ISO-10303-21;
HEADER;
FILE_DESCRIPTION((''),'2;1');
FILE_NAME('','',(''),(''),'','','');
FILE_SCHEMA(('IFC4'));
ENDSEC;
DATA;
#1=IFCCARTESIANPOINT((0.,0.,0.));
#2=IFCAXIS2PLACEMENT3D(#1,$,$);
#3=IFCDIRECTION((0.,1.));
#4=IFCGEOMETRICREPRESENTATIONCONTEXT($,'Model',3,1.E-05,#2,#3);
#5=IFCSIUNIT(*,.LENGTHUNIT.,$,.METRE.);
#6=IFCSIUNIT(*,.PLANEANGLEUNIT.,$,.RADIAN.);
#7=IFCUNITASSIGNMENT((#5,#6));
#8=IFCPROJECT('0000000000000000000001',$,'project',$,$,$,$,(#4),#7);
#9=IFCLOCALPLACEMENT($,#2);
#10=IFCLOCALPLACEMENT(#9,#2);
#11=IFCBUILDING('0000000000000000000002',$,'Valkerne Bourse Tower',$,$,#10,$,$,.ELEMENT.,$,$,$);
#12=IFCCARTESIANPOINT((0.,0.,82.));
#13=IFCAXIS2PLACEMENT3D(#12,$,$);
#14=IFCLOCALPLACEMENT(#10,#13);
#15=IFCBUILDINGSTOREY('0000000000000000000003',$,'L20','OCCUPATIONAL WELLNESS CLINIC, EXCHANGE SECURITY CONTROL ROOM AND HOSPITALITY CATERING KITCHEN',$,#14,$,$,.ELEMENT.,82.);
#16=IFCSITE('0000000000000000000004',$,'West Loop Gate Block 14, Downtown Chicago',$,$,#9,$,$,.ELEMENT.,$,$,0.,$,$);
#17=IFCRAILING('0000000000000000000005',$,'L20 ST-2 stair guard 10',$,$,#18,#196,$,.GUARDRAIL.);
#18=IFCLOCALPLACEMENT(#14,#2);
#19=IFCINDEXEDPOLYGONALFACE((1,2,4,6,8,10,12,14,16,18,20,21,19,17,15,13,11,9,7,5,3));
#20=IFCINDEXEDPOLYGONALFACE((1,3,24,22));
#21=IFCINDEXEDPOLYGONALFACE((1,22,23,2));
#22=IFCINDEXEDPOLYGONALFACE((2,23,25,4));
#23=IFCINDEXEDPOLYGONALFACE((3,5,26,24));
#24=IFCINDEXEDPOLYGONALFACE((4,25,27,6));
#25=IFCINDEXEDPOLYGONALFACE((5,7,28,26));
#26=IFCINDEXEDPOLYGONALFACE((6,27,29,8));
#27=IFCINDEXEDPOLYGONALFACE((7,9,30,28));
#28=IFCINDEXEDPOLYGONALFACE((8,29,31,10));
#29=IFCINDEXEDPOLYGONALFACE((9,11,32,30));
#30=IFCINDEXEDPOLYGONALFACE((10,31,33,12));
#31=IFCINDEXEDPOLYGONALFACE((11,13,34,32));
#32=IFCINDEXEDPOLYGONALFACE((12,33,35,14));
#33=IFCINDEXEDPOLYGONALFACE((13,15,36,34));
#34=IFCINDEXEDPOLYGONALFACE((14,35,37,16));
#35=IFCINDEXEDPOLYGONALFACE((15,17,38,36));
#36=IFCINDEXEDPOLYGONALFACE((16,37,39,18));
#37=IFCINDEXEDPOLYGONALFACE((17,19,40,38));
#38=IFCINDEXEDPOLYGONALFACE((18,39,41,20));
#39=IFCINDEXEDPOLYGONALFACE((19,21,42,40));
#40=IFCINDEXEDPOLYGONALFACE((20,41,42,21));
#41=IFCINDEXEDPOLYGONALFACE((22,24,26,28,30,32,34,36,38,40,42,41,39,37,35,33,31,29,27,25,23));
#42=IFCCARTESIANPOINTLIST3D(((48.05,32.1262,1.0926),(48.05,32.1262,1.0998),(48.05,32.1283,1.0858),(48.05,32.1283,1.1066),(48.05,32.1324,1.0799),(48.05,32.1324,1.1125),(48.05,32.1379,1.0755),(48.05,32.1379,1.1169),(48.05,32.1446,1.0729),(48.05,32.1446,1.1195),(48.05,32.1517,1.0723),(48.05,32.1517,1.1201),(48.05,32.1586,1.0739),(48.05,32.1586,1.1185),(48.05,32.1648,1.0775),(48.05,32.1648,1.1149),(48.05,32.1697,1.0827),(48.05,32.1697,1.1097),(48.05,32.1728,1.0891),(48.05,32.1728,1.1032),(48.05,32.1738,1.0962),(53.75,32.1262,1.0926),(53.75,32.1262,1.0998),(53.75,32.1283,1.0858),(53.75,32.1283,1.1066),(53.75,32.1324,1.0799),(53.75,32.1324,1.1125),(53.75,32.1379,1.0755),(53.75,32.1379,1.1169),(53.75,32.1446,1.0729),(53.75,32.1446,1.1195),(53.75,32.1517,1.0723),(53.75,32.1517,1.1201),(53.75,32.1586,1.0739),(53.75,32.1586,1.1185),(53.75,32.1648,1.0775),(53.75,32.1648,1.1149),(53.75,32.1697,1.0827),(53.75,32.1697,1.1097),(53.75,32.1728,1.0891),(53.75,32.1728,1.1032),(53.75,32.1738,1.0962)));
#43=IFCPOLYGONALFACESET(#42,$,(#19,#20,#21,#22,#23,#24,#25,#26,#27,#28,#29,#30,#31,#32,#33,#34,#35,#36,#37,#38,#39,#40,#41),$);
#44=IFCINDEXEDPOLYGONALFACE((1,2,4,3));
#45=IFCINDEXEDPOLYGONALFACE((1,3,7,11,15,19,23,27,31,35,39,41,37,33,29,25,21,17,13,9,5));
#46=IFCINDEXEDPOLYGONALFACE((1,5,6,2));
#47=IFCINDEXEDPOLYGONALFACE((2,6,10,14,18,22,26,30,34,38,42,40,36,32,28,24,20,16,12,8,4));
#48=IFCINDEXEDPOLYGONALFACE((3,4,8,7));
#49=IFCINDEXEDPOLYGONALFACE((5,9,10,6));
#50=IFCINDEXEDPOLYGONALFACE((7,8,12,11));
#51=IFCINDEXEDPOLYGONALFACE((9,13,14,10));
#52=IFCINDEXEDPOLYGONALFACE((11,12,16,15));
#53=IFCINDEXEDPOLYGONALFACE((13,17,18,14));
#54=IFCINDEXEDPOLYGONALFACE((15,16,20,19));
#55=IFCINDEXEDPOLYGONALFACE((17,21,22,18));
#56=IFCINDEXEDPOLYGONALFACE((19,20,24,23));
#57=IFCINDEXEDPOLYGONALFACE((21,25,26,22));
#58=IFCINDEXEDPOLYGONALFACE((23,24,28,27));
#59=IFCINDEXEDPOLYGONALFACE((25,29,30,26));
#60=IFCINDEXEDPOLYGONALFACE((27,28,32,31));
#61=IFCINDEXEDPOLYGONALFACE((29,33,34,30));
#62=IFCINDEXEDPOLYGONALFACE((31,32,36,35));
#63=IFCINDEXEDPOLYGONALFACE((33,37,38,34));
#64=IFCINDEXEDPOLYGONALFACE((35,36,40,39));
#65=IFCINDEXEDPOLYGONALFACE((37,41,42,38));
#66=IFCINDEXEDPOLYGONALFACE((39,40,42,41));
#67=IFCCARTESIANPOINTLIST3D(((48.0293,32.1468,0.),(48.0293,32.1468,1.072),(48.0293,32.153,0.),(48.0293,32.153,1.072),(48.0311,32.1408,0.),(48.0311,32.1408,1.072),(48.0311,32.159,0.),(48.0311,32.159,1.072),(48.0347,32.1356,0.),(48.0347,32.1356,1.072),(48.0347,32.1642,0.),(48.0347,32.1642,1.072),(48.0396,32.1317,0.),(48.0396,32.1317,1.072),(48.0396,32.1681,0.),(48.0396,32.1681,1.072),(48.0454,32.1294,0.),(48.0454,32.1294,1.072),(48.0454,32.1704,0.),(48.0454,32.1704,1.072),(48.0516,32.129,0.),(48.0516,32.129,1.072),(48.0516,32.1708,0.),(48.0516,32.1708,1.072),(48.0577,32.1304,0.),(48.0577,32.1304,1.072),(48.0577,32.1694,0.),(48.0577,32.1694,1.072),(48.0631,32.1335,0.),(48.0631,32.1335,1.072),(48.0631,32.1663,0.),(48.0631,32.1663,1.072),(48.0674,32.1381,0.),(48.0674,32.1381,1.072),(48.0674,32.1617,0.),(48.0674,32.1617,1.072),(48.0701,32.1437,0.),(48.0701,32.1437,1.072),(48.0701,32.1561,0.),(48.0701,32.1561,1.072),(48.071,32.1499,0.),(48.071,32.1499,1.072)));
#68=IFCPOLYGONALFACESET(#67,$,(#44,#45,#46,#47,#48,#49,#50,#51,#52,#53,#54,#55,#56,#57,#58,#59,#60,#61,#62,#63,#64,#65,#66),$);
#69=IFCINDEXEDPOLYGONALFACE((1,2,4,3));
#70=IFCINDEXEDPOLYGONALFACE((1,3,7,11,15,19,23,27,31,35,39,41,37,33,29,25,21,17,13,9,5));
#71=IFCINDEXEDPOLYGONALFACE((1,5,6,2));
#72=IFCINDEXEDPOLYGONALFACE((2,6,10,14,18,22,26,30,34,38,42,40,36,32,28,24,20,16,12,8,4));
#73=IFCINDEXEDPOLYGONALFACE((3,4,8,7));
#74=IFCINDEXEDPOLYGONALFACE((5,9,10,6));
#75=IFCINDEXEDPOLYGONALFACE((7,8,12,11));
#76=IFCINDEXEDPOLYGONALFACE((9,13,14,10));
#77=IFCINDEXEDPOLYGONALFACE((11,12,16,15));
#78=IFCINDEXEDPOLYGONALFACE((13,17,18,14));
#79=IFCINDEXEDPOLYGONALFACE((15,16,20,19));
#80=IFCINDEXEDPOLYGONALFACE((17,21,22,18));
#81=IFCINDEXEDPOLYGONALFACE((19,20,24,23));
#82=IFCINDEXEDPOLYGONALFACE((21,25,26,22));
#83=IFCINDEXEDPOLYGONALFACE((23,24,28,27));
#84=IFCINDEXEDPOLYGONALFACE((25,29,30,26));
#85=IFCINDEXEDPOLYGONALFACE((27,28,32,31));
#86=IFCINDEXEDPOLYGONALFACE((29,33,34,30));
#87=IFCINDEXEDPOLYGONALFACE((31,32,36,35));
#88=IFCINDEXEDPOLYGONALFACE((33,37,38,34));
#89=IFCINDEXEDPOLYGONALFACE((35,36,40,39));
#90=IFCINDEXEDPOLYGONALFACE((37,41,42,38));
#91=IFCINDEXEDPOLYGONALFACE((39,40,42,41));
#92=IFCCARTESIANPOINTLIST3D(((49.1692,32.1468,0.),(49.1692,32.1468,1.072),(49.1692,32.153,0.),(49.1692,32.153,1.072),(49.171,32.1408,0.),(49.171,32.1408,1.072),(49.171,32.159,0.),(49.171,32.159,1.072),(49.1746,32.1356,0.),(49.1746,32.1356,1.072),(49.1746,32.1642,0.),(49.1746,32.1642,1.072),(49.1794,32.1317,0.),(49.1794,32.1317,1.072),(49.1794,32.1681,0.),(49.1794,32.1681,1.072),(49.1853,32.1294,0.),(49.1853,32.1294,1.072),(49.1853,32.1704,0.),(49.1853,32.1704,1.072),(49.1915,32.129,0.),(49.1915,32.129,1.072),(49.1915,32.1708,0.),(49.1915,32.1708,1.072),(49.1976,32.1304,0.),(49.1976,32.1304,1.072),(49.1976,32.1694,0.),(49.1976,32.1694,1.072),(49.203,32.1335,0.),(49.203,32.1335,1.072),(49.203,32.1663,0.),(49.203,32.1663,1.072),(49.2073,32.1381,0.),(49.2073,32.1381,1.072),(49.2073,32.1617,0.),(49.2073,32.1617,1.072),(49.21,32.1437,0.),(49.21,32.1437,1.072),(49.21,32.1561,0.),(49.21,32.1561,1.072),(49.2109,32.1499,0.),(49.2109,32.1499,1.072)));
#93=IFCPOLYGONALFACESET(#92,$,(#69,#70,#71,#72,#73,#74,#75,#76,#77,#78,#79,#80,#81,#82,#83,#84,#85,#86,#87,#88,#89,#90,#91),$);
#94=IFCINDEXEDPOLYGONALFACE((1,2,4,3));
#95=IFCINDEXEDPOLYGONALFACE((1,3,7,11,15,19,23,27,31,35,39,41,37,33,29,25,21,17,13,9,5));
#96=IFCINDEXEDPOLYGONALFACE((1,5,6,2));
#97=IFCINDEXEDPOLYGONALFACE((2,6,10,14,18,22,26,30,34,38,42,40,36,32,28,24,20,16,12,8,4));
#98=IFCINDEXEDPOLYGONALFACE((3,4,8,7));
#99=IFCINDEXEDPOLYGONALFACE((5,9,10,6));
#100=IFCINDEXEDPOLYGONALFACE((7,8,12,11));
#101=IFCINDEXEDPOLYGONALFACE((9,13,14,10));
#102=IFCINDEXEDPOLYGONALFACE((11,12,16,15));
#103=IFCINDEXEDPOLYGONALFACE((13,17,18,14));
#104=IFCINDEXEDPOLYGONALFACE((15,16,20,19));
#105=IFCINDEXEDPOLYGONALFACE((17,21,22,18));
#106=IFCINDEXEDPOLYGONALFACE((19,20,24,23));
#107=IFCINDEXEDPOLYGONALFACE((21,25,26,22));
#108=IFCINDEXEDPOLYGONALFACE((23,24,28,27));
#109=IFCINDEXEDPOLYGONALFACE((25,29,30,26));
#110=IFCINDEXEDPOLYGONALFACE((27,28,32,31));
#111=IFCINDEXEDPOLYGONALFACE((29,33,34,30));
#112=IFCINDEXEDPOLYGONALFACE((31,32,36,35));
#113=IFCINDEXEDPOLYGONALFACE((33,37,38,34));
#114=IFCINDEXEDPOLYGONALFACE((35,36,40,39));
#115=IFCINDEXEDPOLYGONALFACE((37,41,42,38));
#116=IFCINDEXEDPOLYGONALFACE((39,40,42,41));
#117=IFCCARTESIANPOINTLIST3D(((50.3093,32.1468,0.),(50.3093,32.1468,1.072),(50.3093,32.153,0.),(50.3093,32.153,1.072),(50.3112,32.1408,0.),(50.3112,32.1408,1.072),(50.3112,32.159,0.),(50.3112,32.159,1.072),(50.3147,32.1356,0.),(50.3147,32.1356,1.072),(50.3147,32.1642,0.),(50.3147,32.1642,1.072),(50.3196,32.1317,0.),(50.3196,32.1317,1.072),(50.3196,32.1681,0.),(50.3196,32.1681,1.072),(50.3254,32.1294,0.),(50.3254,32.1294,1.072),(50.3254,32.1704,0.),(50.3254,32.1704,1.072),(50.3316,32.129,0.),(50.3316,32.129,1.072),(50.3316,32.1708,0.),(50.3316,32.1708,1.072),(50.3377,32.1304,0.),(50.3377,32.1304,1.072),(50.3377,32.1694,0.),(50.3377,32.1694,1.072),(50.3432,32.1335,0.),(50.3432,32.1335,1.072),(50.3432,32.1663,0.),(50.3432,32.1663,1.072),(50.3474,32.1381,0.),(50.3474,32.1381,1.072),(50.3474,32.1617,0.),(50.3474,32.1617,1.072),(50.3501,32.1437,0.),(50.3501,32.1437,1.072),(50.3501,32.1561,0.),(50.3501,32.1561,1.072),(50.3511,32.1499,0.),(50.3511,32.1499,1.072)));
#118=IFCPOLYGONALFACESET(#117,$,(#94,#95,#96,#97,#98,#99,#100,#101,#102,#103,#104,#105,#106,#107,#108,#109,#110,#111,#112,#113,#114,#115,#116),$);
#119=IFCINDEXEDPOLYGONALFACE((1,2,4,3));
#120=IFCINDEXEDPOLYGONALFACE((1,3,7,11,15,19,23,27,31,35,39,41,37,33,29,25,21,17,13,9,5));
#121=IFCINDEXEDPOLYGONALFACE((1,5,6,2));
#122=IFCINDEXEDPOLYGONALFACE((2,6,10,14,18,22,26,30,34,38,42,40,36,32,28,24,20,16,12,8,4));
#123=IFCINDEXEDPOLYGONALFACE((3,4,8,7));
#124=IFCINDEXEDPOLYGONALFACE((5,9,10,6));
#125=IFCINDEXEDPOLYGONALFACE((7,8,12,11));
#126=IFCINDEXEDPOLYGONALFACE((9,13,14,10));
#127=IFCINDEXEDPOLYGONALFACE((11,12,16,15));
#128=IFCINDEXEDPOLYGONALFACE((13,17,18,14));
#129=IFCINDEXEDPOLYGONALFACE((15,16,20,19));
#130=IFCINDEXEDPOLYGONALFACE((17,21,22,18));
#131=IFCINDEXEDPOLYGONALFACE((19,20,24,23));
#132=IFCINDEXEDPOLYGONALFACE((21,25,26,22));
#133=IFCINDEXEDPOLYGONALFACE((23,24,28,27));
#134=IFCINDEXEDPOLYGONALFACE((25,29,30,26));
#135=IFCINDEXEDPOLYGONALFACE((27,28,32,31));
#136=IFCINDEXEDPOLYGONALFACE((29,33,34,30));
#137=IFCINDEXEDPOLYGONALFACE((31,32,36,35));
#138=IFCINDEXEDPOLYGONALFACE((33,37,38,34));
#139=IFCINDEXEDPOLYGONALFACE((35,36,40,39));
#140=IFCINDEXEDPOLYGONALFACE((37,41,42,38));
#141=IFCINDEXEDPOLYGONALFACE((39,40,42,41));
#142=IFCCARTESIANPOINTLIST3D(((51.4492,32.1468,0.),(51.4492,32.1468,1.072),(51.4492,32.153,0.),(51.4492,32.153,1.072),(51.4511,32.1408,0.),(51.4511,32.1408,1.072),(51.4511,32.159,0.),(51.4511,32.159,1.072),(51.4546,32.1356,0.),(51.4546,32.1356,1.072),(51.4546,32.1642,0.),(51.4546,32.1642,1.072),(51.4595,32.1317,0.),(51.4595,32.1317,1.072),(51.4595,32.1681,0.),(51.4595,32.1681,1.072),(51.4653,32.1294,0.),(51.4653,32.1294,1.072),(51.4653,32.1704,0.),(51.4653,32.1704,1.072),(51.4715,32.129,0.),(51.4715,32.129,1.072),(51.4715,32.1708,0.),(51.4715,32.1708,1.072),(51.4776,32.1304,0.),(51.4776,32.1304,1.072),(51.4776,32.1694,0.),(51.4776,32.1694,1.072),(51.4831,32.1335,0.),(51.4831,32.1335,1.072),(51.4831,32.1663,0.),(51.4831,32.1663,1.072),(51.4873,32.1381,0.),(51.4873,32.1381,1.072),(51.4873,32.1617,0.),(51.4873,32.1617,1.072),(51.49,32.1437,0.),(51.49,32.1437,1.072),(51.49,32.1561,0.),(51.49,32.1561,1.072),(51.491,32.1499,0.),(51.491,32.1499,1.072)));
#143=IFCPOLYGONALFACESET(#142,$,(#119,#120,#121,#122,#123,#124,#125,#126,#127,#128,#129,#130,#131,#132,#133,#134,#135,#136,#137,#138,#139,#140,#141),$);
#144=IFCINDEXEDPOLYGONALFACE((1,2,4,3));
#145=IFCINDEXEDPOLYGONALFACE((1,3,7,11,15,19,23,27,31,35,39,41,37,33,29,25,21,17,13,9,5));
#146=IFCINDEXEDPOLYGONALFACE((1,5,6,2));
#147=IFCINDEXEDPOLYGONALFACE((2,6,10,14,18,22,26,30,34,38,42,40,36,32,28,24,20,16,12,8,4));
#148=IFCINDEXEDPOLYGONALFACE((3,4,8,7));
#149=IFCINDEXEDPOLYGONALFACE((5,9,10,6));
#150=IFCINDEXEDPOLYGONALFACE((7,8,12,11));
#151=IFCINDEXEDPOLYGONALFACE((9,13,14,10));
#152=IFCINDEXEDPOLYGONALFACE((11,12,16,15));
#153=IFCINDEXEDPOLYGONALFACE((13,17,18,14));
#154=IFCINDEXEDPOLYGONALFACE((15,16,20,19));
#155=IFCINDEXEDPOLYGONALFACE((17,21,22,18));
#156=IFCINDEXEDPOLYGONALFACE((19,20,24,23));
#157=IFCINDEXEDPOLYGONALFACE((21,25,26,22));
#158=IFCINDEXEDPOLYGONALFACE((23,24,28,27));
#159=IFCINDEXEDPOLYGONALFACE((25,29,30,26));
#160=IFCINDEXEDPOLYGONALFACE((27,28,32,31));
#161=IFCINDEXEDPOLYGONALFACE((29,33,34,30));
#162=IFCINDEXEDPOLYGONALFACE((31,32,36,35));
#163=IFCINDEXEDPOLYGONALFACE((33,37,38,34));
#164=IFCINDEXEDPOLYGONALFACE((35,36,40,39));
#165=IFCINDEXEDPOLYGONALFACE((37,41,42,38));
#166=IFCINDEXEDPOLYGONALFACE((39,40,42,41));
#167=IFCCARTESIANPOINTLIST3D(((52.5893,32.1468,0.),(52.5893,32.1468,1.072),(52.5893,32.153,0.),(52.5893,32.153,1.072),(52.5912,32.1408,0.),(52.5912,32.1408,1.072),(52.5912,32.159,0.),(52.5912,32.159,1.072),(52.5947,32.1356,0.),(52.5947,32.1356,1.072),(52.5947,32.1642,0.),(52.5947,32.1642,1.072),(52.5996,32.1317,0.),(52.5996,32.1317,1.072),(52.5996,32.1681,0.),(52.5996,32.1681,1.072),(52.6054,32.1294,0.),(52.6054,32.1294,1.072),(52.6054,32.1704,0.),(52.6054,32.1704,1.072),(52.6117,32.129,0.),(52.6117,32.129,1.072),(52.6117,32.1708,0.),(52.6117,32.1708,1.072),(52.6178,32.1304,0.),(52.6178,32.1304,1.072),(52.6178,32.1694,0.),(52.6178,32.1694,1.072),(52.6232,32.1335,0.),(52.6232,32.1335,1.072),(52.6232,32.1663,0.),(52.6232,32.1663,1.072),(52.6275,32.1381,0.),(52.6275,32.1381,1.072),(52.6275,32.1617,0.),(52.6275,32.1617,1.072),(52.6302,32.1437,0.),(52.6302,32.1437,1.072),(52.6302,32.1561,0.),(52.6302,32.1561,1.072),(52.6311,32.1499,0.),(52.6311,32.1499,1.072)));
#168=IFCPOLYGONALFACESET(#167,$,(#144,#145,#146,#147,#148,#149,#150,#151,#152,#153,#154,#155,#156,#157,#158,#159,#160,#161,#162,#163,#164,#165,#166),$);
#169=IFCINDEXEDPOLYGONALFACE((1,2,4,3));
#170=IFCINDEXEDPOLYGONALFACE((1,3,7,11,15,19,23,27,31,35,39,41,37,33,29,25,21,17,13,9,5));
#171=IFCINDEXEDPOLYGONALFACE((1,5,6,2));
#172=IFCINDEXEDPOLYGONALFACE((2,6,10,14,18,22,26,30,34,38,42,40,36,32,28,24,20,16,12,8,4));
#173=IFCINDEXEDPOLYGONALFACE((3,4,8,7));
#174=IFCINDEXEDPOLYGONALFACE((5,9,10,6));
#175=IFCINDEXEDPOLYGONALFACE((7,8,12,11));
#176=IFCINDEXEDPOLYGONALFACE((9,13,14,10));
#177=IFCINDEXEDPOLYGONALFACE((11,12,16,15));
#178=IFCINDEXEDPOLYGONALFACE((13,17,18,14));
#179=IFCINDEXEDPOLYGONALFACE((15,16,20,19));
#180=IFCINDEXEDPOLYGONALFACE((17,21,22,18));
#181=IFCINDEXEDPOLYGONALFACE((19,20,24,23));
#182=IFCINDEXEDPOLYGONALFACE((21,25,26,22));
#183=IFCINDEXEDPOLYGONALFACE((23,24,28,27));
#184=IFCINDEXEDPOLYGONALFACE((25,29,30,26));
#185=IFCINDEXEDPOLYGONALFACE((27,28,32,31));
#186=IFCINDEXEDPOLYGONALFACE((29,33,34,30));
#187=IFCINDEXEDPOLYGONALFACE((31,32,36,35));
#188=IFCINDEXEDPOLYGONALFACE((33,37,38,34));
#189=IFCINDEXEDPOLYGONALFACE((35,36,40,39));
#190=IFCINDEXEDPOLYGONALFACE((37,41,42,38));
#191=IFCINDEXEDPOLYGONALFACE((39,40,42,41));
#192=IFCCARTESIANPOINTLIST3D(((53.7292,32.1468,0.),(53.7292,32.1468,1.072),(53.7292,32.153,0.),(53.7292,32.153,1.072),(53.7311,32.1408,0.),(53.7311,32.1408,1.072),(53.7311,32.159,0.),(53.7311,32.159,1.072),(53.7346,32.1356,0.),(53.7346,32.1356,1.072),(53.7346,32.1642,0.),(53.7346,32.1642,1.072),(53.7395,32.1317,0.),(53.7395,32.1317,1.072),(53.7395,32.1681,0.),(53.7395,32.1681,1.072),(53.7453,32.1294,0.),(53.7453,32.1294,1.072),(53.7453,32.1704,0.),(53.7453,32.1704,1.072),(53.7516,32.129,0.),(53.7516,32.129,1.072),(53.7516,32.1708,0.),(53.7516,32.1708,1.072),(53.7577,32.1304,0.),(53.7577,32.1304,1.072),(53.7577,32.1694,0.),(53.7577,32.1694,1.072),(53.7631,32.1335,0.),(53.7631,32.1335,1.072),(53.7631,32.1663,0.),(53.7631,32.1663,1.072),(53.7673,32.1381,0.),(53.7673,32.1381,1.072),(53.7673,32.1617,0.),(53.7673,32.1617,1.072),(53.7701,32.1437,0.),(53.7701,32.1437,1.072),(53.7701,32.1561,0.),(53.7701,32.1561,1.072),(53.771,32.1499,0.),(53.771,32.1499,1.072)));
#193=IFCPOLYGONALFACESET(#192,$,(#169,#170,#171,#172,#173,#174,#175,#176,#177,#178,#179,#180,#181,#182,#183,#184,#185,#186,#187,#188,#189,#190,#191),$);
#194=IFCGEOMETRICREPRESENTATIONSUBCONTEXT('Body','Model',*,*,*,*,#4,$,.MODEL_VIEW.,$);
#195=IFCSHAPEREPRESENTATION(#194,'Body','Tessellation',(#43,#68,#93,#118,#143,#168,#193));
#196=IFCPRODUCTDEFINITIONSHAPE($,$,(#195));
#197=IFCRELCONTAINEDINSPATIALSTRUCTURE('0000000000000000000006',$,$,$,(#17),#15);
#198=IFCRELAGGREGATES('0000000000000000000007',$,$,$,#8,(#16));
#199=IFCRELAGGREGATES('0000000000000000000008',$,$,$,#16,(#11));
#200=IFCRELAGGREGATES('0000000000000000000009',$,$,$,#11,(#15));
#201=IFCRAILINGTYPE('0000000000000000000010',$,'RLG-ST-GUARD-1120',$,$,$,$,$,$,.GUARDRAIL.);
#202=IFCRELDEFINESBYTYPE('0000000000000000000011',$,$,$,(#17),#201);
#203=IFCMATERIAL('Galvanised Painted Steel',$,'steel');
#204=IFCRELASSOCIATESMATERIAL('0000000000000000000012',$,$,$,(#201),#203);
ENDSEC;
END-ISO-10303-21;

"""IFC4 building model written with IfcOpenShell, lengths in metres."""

from ifc_helpers import new_model, si_unit, direction, frame, origin, origin_2d, place, context, subcontext, project, spatial, circle, extrude, material, type_object, element, save


model = new_model("IFC4")

# Units and contexts
model_context = context("Model", 3, precision=1e-05, world=origin(), true_north=direction((0.0, 1.0)))
body_context = subcontext(model_context, "Body", "Model", "MODEL_VIEW")
ifc_project = project(units=[si_unit("LENGTHUNIT", "METRE"), si_unit("PLANEANGLEUNIT", "RADIAN")], contexts=[model_context])

# Site, building, storey
site_placement = place(None, origin())
site = spatial("IfcSite", under=ifc_project, at=site_placement, Name="West Loop Gate Block 14, Downtown Chicago", CompositionType="ELEMENT", RefElevation=0.0)
building_placement = place(site_placement, origin())
building = spatial("IfcBuilding", under=site, at=building_placement, Name="Valkerne Bourse Tower", CompositionType="ELEMENT")
storey_placement = place(building_placement, frame((0.0, 0.0, 82.0)))
storey = spatial("IfcBuildingStorey", under=building, at=storey_placement, Name="L20", Description="OCCUPATIONAL WELLNESS CLINIC, EXCHANGE SECURITY CONTROL ROOM AND HOSPITALITY CATERING KITCHEN", CompositionType="ELEMENT", Elevation=82.0)

# Shared definitions
ifc_material_1 = material(Name="Galvanised Painted Steel", Category="steel")

# Railing
railing_type_1 = type_object("IfcRailingType", Name="RLG-ST-GUARD-1120", PredefinedType="GUARDRAIL", material=ifc_material_1)
for number, where, name in (
    (1, (48.05, 32.1499, 0.0), "L20 ST-2 stair guard 10"),
):
    element("IfcRailing", number, at=place(storey_placement, frame(where)), inside=storey, type_object=railing_type_1, Name=name, PredefinedType="GUARDRAIL", context=body_context, shape_type="SweptSolid", body=[
        extrude(circle(Radius=0.0239, at=origin_2d()), frame((0.0, 0.0, 1.0962), z_axis=(1.0, 0.0, 0.0), x_axis=(0.0, 1.0, 0.0)), (0.0, 0.0, 1.0), 5.7),
        extrude(circle(Radius=0.021, at=origin_2d()), origin(), (0.0, 0.0, 1.0), 1.072),
        extrude(circle(Radius=0.021, at=origin_2d()), frame((1.1399, 0.0, 0.0)), (0.0, 0.0, 1.0), 1.072),
        extrude(circle(Radius=0.021, at=origin_2d()), frame((2.28, 0.0, 0.0)), (0.0, 0.0, 1.0), 1.072),
        extrude(circle(Radius=0.021, at=origin_2d()), frame((3.4199, 0.0, 0.0)), (0.0, 0.0, 1.0), 1.072),
        extrude(circle(Radius=0.021, at=origin_2d()), frame((4.5601, 0.0, 0.0)), (0.0, 0.0, 1.0), 1.072),
        extrude(circle(Radius=0.021, at=origin_2d()), frame((5.7, 0.0, 0.0)), (0.0, 0.0, 1.0), 1.072),
    ])

save(model, "model.ifc")
